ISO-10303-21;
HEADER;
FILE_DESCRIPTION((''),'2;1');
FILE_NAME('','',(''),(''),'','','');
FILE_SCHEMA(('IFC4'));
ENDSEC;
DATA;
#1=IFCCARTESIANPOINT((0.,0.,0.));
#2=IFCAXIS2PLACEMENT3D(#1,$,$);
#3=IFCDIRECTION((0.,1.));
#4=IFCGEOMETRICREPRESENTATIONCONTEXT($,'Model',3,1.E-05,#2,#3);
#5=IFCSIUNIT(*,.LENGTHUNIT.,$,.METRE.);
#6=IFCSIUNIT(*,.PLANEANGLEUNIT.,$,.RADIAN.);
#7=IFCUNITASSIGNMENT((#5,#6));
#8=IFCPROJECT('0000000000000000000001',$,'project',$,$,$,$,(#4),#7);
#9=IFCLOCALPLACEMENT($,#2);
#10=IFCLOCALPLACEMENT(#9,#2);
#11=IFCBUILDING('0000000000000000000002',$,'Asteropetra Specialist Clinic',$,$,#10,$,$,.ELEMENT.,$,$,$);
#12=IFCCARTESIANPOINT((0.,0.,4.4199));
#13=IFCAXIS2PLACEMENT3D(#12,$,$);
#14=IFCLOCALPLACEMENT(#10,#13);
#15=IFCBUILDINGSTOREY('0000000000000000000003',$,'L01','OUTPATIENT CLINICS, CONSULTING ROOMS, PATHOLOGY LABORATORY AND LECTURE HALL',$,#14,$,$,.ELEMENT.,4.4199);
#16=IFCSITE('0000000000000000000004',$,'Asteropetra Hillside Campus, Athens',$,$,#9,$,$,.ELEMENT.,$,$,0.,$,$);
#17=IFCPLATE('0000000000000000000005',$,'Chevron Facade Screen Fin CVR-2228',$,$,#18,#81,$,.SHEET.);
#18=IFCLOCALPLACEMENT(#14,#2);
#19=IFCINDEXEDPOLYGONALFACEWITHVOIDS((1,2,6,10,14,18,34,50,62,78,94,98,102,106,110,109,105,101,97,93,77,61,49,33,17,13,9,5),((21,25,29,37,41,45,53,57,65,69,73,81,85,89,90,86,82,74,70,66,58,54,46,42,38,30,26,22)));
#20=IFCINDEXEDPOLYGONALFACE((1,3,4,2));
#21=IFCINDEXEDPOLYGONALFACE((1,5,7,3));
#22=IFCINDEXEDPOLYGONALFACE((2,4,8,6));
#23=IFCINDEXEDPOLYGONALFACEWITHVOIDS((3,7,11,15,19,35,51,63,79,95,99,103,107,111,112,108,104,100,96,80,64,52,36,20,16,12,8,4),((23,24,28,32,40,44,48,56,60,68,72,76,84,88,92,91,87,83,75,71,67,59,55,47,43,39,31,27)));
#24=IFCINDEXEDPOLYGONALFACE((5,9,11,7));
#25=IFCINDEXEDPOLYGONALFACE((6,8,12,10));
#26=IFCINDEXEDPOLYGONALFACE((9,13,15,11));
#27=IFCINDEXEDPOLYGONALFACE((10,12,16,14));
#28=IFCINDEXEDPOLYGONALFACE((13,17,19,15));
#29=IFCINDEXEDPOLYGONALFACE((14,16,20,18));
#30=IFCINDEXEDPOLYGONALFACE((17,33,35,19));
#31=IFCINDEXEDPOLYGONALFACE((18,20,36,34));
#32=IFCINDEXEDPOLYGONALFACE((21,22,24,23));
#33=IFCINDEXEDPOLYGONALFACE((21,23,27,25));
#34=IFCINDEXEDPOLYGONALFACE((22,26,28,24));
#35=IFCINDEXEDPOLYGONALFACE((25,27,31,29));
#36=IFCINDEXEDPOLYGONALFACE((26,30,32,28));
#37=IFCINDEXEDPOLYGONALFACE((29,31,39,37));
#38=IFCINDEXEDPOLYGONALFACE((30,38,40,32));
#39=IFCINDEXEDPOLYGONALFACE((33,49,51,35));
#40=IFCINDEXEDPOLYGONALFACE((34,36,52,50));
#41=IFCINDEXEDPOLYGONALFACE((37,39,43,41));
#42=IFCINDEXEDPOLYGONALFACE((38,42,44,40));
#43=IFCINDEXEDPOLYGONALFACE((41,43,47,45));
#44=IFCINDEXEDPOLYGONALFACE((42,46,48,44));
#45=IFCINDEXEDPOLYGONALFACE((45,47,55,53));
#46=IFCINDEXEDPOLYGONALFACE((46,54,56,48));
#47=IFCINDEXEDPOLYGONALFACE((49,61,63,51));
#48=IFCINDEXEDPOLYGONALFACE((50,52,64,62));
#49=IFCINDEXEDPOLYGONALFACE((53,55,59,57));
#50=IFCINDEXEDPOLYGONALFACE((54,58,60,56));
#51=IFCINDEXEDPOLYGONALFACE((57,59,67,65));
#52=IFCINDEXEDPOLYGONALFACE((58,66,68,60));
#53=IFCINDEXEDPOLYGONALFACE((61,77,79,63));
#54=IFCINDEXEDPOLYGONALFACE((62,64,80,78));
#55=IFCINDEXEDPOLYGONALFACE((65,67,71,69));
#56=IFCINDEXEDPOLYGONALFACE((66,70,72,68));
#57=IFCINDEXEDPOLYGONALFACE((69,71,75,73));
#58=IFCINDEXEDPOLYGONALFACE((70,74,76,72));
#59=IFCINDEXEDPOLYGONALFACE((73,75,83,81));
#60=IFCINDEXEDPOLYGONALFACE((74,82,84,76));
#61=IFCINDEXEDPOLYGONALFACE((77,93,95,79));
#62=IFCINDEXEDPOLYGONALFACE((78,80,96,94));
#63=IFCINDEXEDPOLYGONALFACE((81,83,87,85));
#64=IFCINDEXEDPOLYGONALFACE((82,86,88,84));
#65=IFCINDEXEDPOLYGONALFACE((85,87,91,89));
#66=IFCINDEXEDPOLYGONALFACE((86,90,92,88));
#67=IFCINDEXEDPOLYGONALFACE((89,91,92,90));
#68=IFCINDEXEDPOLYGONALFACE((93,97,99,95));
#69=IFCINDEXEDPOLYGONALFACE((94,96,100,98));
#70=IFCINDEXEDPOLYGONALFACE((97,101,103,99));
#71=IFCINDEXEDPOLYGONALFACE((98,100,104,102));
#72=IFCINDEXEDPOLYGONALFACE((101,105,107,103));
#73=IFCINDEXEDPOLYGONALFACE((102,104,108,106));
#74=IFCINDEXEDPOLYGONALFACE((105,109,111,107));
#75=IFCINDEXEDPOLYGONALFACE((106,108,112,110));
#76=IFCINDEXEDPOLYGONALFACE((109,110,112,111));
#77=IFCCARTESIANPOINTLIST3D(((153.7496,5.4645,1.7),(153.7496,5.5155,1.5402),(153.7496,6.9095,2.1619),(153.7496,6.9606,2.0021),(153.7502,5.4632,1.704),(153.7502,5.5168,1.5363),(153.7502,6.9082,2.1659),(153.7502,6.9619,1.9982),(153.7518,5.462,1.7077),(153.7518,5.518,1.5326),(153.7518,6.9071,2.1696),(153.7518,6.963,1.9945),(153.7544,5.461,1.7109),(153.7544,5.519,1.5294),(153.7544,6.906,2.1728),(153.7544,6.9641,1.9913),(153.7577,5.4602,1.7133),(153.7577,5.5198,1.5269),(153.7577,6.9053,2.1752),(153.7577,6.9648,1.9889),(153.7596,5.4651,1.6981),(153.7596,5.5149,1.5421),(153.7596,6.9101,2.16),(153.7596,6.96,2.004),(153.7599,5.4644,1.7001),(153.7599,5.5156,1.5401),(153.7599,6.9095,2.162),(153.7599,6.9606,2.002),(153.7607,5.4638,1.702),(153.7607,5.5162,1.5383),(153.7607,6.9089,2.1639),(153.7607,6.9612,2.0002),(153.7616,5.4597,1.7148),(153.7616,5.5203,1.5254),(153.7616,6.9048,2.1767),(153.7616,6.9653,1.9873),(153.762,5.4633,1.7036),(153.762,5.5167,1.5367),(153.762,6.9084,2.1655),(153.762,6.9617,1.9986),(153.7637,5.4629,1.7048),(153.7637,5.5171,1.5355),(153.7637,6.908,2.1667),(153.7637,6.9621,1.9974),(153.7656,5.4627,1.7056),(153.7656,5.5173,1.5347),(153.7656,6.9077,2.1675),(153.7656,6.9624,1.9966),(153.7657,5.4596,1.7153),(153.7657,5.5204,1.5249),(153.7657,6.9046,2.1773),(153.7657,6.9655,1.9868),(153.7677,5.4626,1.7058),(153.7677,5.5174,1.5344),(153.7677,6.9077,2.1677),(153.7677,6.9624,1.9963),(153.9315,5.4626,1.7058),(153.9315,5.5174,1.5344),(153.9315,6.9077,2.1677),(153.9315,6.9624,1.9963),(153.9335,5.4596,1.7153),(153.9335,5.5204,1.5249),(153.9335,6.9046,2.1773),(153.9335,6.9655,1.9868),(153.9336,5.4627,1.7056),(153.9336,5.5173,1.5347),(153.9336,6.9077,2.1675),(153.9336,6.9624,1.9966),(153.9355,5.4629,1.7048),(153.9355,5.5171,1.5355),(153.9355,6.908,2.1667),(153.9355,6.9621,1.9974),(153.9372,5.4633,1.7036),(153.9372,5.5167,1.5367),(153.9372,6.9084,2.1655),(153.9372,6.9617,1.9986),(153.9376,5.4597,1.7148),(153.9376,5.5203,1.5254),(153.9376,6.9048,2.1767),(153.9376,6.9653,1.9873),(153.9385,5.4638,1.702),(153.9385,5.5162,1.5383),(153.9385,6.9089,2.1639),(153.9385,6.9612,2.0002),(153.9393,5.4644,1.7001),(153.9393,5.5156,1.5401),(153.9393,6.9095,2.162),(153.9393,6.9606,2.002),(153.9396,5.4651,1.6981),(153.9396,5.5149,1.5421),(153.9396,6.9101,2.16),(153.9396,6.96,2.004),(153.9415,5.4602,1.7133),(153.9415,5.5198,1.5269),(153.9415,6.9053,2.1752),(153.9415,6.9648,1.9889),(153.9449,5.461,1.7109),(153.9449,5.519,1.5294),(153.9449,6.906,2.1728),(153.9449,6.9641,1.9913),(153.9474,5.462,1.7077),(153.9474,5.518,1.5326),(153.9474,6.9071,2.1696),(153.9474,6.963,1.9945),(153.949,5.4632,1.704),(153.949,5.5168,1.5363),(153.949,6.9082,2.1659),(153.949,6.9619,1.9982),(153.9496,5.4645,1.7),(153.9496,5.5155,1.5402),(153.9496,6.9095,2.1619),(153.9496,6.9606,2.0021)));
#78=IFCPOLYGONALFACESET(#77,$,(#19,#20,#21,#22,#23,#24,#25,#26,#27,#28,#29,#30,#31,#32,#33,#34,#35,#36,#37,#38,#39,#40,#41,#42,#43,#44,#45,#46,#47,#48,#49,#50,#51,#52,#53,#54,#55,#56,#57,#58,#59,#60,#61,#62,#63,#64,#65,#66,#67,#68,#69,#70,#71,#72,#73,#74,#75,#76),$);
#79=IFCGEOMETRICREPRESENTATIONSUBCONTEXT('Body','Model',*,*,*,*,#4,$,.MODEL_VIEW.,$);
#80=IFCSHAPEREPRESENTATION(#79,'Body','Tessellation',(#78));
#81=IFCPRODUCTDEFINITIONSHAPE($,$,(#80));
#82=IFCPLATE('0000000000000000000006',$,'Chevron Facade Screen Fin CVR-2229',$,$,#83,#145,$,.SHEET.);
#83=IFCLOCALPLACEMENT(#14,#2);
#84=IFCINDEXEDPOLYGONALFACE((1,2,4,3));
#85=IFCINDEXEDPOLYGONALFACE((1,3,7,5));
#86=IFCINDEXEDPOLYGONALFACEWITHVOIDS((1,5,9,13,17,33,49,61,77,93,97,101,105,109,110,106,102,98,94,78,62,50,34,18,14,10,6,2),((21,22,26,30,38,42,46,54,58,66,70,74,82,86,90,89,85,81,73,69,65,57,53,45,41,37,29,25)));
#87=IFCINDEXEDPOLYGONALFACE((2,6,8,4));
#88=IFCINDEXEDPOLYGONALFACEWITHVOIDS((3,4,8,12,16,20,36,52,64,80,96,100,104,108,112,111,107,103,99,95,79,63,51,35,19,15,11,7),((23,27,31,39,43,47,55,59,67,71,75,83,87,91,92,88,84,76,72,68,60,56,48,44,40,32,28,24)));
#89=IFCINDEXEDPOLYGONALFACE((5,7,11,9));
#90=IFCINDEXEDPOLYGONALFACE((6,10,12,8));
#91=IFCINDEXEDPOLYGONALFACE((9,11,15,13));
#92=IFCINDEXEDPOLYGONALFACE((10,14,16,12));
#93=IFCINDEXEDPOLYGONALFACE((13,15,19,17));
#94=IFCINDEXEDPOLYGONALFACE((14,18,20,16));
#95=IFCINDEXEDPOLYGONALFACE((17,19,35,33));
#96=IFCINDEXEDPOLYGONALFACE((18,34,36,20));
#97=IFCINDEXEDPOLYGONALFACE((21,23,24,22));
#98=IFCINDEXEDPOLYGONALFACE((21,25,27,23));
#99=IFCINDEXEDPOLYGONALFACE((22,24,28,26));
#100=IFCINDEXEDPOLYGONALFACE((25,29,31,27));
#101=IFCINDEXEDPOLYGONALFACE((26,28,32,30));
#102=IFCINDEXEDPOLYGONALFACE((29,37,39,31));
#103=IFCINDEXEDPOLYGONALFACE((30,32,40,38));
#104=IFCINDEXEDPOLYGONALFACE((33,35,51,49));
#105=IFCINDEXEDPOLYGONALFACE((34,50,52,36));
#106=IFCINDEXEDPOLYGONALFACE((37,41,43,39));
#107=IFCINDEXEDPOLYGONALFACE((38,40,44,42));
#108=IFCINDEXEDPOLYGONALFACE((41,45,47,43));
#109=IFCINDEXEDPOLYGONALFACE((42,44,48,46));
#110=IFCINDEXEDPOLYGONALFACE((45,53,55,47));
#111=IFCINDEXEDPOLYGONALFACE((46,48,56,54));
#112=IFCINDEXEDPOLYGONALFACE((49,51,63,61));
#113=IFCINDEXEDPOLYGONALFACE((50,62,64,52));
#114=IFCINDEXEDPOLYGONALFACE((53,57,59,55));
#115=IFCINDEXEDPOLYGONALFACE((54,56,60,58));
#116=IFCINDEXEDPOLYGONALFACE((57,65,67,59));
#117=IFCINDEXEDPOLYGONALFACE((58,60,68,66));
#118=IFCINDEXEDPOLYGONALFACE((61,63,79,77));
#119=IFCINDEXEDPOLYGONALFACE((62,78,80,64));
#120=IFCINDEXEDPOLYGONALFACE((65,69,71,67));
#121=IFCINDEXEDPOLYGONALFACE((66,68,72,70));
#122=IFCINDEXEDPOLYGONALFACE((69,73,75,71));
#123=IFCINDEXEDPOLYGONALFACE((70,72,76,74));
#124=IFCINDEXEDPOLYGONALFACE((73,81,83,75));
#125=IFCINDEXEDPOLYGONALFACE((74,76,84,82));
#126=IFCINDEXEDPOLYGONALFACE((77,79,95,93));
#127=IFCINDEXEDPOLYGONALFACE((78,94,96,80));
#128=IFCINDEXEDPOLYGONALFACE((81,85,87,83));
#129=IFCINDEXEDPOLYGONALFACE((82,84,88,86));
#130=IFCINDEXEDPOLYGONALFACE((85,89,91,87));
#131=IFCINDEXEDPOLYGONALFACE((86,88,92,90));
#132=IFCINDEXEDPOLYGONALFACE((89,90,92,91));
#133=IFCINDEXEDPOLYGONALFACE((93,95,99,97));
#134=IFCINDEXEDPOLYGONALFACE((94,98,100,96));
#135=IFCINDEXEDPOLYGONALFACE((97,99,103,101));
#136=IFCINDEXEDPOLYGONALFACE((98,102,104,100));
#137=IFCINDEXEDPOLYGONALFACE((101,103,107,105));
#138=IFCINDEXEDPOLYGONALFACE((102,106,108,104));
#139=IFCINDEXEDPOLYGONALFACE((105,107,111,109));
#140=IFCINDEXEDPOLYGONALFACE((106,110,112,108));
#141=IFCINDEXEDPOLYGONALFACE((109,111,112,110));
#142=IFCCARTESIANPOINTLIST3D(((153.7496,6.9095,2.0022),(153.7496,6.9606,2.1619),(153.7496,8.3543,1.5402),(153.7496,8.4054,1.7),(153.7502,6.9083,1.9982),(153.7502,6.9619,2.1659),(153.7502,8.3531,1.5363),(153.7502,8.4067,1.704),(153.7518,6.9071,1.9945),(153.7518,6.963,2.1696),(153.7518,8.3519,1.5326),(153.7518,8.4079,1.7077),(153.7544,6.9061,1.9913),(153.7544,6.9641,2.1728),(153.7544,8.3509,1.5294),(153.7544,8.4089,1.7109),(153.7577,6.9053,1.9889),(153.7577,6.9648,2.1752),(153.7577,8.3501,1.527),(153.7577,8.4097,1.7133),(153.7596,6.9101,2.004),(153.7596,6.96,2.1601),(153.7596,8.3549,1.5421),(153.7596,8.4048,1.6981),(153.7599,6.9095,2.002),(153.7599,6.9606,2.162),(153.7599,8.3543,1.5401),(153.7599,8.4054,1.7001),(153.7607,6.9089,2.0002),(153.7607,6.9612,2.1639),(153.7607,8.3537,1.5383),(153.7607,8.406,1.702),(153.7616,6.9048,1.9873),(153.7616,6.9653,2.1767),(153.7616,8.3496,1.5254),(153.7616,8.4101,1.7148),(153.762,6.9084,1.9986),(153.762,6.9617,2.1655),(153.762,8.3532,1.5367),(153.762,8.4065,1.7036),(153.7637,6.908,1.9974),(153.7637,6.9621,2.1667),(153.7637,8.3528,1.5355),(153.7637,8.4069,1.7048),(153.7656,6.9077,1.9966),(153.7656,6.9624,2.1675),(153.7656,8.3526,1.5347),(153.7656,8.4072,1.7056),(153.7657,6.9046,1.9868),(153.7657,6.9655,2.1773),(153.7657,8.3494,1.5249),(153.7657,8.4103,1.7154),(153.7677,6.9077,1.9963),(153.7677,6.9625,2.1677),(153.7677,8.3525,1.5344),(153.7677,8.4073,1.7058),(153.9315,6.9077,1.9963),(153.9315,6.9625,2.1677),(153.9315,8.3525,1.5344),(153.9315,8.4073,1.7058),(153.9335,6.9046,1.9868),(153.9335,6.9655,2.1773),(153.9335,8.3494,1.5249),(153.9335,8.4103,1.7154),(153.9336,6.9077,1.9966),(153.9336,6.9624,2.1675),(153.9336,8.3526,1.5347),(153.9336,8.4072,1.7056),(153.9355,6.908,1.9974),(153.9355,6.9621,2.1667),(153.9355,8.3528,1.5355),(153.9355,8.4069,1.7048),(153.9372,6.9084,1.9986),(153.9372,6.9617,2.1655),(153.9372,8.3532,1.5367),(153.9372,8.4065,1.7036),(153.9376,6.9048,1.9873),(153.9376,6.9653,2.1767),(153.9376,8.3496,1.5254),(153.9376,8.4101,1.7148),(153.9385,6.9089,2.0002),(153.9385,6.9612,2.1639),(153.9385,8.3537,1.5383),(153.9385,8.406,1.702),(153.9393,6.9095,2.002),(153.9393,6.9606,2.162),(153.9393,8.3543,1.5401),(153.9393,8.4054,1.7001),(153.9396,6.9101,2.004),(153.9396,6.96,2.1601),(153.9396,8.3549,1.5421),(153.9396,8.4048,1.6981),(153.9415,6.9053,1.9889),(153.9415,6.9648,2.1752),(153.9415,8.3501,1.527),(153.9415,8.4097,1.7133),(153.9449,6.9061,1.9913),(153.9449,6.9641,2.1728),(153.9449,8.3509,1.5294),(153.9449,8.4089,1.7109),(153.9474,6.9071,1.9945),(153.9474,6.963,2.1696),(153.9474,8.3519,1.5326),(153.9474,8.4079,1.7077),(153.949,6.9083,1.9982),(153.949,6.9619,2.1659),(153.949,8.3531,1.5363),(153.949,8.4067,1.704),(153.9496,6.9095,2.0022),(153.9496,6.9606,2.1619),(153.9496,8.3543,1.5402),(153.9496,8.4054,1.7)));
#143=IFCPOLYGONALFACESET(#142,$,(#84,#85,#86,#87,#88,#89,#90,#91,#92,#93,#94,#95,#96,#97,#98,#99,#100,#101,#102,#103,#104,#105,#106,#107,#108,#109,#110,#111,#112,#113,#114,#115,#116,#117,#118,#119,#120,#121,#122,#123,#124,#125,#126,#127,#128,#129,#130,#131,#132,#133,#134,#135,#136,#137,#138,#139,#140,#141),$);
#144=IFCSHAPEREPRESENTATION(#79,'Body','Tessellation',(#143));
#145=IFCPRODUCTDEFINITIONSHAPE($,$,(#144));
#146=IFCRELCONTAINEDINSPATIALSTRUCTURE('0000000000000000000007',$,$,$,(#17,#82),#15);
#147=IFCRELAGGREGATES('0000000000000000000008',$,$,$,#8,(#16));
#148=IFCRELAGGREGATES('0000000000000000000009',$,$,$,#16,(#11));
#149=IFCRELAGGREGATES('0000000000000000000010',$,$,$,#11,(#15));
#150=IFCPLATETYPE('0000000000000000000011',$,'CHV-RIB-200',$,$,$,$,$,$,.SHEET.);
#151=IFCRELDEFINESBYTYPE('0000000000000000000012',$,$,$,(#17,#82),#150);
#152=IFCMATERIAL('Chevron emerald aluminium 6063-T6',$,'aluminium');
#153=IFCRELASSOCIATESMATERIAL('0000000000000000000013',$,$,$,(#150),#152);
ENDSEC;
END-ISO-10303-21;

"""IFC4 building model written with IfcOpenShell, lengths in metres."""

from ifc_helpers import new_model, si_unit, direction, frame, origin, origin_2d, place, context, subcontext, project, spatial, hollow_rectangle, extrude, material, material_profile, profile_set, type_object, element, save


model = new_model("IFC4")

# Units and contexts
model_context = context("Model", 3, precision=1e-05, world=origin(), true_north=direction((0.0, 1.0)))
body_context = subcontext(model_context, "Body", "Model", "MODEL_VIEW")
ifc_project = project(units=[si_unit("LENGTHUNIT", "METRE"), si_unit("PLANEANGLEUNIT", "RADIAN")], contexts=[model_context])

# Site, building, storey
site_placement = place(None, origin())
site = spatial("IfcSite", under=ifc_project, at=site_placement, Name="Asteropetra Hillside Campus, Athens", CompositionType="ELEMENT", RefElevation=0.0)
building_placement = place(site_placement, origin())
building = spatial("IfcBuilding", under=site, at=building_placement, Name="Asteropetra Specialist Clinic", CompositionType="ELEMENT")
storey_placement = place(building_placement, frame((0.0, 0.0, 4.4199)))
storey = spatial("IfcBuildingStorey", under=building, at=storey_placement, Name="L01", Description="OUTPATIENT CLINICS, CONSULTING ROOMS, PATHOLOGY LABORATORY AND LECTURE HALL", CompositionType="ELEMENT", Elevation=4.4199)

# Plates
ifc_material_1 = material(Name="Chevron emerald aluminium 6063-T6", Category="aluminium")
ifc_material_profile = material_profile(ifc_material_1, hollow_rectangle(XDim=0.2, YDim=0.2, WallThickness=0.01, InnerFilletRadius=0.0081, OuterFilletRadius=0.0161, at=origin_2d()), Name="SHS 200x200x10.0")
ifc_profile_set = profile_set([ifc_material_profile], Name="Chevron emerald aluminium 6063-T6")
plate_type = type_object("IfcPlateType", Name="CHV-RIB-200", PredefinedType="SHEET", material=ifc_profile_set)
plate_1_placement = place(storey_placement, frame((153.8496, 5.49, 1.6201), z_axis=(0.0, 0.952521, 0.304472), x_axis=(-1.0, 0.0, 0.0)))
element("IfcPlate", 1, at=plate_1_placement, inside=storey, type_object=plate_type, Name="Chevron Facade Screen Fin CVR-2228", PredefinedType="SHEET", context=body_context, shape_type="SweptSolid", body=[
    extrude(hollow_rectangle(XDim=0.2, YDim=0.2, WallThickness=0.01, InnerFilletRadius=0.0081, OuterFilletRadius=0.0161, at=origin_2d()), origin(), (0.0, 0.0, 1.0), 1.5171),
])
plate_2_placement = place(storey_placement, frame((153.8496, 6.9351, 2.082), z_axis=(0.0, 0.952506, -0.304519), x_axis=(-1.0, 0.0, 0.0)))
element("IfcPlate", 2, at=plate_2_placement, inside=storey, type_object=plate_type, Name="Chevron Facade Screen Fin CVR-2229", PredefinedType="SHEET", context=body_context, shape_type="SweptSolid", body=[
    extrude(hollow_rectangle(XDim=0.2, YDim=0.2, WallThickness=0.01, InnerFilletRadius=0.0081, OuterFilletRadius=0.0161, at=origin_2d()), origin(), (0.0, 0.0, 1.0), 1.5168),
])

save(model, "model.ifc")
